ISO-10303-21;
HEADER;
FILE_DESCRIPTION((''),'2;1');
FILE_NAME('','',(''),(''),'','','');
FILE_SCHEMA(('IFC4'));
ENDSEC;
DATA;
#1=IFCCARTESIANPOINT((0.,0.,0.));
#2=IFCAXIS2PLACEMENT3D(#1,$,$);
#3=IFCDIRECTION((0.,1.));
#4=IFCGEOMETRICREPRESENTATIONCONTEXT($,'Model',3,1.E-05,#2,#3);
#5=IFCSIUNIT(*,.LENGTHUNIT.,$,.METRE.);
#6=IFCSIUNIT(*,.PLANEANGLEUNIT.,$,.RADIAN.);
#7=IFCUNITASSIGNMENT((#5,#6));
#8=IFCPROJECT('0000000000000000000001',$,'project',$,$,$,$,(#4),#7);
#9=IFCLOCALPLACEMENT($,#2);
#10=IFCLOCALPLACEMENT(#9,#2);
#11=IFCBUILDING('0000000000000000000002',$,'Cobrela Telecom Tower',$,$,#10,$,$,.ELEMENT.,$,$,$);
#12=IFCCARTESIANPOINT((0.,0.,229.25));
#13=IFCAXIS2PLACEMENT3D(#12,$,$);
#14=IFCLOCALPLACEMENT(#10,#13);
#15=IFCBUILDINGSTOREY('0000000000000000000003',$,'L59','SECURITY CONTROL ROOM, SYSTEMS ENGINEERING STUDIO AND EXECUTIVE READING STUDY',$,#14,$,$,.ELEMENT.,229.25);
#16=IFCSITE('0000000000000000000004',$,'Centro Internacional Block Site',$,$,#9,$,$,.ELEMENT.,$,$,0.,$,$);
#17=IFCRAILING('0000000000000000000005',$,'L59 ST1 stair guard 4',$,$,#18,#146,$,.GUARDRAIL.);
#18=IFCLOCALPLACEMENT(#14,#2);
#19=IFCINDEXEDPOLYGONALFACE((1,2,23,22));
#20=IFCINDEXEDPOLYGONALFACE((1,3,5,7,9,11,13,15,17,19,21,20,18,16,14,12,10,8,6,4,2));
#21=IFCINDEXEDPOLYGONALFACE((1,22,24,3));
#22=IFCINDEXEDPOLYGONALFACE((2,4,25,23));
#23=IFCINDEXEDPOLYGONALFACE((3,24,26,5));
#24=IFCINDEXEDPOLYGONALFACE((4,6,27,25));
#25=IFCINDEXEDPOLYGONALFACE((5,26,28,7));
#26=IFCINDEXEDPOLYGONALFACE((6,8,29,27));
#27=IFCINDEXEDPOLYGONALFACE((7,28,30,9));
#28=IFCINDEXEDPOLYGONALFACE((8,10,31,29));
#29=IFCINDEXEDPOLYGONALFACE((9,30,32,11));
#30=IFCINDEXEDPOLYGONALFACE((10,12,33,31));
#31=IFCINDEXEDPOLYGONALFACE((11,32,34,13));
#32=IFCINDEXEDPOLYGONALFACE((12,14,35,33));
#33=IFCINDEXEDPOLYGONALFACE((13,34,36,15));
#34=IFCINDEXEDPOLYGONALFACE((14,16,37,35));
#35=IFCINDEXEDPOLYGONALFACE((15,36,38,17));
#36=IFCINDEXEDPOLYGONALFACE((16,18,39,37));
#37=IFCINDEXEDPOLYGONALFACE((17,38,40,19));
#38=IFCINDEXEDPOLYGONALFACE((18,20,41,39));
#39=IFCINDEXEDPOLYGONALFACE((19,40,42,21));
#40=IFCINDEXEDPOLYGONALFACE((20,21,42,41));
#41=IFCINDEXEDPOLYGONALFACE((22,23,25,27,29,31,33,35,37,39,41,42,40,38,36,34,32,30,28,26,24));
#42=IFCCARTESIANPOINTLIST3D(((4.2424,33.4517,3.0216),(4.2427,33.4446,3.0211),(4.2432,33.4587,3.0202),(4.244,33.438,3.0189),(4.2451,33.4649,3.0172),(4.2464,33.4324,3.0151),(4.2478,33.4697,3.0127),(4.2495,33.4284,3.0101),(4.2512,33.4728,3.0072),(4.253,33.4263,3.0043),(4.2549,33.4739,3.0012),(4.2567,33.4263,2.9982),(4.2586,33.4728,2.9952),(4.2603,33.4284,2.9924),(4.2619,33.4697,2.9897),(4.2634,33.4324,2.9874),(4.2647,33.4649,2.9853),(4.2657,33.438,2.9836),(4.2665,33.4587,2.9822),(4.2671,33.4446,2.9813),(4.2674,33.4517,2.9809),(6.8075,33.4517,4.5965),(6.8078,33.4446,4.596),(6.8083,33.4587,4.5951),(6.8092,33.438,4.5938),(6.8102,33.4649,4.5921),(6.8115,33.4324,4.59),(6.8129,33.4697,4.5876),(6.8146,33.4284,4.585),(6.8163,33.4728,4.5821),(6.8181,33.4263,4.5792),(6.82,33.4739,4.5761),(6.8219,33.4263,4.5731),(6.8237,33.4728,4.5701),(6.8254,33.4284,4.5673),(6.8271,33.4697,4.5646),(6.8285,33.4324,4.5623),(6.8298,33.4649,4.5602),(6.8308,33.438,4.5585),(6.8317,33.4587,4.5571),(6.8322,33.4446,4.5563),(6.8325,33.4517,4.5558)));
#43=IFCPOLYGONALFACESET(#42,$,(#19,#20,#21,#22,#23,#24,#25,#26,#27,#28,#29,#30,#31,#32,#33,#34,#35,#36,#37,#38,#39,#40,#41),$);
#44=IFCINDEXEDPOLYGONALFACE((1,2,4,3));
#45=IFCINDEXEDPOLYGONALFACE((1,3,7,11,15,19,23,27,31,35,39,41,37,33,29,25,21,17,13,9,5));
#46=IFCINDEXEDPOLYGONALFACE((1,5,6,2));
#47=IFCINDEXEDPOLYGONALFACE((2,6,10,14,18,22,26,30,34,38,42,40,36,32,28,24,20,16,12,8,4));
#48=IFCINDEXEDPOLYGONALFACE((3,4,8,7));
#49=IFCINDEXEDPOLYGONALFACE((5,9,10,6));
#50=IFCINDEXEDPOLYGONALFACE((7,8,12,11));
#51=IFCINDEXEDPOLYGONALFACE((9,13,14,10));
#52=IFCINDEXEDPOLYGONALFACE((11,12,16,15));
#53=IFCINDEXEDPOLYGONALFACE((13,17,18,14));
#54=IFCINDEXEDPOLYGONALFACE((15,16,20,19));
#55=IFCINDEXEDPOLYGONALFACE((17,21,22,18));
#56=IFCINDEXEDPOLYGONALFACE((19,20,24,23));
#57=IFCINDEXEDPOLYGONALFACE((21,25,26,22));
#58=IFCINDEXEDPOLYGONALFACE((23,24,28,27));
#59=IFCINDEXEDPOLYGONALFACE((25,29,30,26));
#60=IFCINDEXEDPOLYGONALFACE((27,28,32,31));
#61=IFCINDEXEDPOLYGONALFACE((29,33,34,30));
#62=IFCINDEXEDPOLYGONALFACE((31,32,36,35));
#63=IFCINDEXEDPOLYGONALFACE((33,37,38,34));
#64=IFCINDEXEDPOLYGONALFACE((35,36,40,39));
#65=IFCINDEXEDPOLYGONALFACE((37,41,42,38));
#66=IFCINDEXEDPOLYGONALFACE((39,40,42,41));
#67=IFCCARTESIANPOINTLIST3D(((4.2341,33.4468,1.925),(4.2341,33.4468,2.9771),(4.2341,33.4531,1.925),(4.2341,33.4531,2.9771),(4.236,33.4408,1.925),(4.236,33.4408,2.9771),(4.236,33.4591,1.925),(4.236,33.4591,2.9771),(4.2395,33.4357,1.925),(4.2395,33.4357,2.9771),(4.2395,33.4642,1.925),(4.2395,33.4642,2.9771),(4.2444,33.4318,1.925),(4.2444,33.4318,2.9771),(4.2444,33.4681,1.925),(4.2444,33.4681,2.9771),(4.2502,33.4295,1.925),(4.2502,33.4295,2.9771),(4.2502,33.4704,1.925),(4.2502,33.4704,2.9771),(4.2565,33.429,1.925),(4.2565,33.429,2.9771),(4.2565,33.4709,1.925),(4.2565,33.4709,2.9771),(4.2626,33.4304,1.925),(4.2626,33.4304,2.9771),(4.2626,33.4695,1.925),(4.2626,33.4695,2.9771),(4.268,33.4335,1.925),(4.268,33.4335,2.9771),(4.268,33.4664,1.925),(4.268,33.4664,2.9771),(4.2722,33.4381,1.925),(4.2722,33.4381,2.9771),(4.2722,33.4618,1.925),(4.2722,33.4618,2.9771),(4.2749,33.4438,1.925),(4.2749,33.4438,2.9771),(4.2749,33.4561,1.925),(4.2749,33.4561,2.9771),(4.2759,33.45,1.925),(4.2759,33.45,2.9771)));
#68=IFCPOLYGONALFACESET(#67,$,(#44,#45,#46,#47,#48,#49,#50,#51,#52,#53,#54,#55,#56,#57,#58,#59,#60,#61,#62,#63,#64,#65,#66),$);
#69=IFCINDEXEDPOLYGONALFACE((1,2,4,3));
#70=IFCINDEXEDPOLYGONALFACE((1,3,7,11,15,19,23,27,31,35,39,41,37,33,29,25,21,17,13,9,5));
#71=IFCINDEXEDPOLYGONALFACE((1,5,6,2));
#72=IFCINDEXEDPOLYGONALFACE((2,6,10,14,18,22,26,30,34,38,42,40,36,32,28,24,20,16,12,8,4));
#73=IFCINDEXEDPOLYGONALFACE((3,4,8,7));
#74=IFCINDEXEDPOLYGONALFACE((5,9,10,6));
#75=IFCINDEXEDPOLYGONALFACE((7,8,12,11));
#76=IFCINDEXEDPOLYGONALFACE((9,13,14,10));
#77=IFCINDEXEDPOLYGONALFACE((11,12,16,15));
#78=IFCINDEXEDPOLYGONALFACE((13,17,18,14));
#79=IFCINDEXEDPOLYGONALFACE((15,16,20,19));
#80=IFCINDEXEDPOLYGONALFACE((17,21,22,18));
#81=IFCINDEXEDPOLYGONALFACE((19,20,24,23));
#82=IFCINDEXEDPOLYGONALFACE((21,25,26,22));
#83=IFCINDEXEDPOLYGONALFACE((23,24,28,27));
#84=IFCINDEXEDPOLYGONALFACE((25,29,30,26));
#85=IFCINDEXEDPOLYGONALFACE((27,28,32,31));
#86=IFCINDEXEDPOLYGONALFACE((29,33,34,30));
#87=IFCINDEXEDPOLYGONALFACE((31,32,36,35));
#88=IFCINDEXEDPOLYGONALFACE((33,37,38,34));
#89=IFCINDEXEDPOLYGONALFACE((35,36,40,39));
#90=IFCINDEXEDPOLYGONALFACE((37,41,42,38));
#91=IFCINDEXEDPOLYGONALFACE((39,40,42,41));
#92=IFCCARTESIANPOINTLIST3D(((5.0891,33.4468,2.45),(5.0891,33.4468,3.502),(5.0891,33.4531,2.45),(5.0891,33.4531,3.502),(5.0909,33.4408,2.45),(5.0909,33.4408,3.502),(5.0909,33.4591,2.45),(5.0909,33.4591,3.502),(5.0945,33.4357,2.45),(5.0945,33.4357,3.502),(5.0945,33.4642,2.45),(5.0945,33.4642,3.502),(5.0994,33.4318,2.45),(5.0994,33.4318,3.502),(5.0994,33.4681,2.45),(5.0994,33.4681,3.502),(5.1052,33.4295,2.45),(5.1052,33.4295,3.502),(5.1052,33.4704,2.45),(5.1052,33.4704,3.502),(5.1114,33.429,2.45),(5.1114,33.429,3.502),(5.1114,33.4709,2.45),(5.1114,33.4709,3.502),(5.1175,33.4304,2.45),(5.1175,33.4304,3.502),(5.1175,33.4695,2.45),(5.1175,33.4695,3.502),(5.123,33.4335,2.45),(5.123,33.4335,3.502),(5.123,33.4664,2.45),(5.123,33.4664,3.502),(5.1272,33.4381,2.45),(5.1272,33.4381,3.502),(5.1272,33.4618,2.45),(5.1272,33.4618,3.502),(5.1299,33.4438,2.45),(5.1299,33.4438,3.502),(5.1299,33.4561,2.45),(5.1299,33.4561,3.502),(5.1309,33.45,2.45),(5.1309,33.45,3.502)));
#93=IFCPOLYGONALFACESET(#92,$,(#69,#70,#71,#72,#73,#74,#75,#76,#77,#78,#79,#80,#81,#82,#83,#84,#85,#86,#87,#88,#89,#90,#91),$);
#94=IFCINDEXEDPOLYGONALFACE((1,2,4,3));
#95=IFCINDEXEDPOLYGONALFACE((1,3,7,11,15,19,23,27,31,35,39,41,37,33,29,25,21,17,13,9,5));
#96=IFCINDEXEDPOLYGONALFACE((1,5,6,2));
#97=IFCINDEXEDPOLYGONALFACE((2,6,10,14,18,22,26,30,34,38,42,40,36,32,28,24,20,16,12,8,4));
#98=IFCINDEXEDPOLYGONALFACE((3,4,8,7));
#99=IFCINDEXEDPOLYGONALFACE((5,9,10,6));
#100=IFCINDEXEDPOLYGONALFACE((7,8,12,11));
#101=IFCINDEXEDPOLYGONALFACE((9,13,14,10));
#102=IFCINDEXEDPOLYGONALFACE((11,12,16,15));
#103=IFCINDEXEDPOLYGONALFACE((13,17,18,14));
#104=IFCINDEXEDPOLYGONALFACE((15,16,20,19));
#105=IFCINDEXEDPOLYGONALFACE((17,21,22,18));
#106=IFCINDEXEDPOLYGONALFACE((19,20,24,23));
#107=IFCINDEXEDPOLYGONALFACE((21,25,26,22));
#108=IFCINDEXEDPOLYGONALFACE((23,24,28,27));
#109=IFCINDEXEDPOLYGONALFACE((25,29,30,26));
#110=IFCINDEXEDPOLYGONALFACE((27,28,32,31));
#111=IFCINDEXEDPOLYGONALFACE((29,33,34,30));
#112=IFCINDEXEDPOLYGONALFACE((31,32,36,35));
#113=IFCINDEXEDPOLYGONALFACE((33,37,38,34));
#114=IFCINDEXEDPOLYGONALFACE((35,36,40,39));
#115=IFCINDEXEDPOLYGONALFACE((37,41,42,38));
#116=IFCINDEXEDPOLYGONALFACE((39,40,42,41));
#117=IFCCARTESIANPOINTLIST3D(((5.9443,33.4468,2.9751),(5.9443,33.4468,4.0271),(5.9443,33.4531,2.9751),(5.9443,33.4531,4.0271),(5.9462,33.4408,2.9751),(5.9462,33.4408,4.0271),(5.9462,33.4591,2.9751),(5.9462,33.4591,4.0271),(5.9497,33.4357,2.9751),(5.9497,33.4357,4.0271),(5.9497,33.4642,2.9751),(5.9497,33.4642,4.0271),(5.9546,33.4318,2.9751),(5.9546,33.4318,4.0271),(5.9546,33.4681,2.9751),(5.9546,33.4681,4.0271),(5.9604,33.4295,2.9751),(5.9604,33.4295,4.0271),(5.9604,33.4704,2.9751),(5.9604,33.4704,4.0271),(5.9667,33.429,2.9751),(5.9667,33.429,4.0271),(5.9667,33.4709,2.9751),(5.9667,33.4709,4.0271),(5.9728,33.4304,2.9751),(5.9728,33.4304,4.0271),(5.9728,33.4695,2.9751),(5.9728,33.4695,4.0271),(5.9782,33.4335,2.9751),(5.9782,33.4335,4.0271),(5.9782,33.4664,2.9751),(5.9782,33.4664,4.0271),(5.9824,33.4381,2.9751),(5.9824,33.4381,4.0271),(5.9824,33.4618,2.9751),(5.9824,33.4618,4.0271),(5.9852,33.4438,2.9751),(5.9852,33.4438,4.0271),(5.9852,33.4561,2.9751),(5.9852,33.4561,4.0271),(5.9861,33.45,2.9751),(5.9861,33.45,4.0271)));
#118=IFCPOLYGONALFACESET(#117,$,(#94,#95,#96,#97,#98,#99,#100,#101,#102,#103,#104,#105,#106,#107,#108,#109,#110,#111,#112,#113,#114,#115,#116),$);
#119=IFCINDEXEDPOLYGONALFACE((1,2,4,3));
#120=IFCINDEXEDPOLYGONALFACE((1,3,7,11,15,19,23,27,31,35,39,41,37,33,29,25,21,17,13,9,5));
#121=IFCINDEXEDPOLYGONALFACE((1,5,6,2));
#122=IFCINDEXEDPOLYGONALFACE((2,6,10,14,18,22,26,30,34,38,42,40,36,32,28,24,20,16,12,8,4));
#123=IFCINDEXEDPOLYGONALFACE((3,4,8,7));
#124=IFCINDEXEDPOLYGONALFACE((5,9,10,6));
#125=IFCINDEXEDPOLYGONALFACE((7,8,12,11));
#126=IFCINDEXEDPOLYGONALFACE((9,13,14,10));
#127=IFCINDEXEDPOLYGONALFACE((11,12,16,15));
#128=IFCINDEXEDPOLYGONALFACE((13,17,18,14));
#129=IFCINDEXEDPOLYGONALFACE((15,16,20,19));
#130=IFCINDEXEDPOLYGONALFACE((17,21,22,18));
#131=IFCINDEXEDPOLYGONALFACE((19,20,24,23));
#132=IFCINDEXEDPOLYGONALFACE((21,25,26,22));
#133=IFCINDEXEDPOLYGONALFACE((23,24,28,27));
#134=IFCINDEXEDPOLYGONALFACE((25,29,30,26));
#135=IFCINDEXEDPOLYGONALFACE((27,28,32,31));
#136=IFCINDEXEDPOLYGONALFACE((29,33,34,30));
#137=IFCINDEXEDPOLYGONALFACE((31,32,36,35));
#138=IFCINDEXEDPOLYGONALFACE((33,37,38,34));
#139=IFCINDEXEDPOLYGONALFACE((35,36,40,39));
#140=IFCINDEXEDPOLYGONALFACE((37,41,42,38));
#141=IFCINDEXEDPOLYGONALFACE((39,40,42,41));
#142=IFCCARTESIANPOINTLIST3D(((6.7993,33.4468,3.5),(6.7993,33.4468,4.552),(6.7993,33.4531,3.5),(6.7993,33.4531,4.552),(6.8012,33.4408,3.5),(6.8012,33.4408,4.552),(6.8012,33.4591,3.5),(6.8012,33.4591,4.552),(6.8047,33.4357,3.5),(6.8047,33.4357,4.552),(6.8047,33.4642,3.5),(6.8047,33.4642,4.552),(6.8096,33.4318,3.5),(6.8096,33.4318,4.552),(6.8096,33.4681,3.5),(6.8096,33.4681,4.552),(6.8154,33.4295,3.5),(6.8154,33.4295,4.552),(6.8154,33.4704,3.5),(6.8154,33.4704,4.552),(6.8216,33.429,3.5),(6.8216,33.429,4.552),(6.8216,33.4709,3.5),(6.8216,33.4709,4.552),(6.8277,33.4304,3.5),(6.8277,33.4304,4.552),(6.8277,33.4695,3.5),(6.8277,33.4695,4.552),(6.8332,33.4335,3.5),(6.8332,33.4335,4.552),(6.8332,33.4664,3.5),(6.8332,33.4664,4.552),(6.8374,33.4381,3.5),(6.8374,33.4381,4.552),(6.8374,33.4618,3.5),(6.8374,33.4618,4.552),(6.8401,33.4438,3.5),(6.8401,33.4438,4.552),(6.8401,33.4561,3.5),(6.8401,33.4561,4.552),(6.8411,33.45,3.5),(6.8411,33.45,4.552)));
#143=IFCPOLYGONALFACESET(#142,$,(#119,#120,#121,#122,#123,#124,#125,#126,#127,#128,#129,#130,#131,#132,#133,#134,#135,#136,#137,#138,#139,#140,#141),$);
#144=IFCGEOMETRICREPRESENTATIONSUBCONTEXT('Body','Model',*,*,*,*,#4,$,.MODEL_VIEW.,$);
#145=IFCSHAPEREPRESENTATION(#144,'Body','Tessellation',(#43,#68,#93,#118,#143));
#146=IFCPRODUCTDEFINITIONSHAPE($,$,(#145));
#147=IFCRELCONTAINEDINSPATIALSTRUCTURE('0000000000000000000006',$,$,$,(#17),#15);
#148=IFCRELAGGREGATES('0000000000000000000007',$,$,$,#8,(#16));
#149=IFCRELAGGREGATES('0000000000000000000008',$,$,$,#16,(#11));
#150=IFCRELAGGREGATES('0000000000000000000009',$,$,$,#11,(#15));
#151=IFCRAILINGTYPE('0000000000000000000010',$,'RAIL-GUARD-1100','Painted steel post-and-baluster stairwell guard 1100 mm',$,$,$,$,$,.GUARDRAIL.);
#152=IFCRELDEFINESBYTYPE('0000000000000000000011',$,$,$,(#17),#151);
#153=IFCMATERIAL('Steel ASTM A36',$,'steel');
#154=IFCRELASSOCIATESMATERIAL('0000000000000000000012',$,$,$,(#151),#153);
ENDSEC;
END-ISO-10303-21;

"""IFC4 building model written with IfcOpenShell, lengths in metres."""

from ifc_helpers import new_model, si_unit, direction, frame, origin, origin_2d, place, context, subcontext, project, spatial, circle, extrude, material, type_object, element, save


model = new_model("IFC4")

# Units and contexts
model_context = context("Model", 3, precision=1e-05, world=origin(), true_north=direction((0.0, 1.0)))
body_context = subcontext(model_context, "Body", "Model", "MODEL_VIEW")
ifc_project = project(units=[si_unit("LENGTHUNIT", "METRE"), si_unit("PLANEANGLEUNIT", "RADIAN")], contexts=[model_context])

# Site, building, storey
site_placement = place(None, origin())
site = spatial("IfcSite", under=ifc_project, at=site_placement, Name="Centro Internacional Block Site", CompositionType="ELEMENT", RefElevation=0.0)
building_placement = place(site_placement, origin())
building = spatial("IfcBuilding", under=site, at=building_placement, Name="Cobrela Telecom Tower", CompositionType="ELEMENT")
storey_placement = place(building_placement, frame((0.0, 0.0, 229.25)))
storey = spatial("IfcBuildingStorey", under=building, at=storey_placement, Name="L59", Description="SECURITY CONTROL ROOM, SYSTEMS ENGINEERING STUDIO AND EXECUTIVE READING STUDY", CompositionType="ELEMENT", Elevation=229.25)

# Shared definitions
ifc_material_1 = material(Name="Steel ASTM A36", Category="steel")

# Railing
railing_type_1 = type_object("IfcRailingType", Name="RAIL-GUARD-1100", Description="Painted steel post-and-baluster stairwell guard 1100 mm", PredefinedType="GUARDRAIL", material=ifc_material_1)
railing_1_placement = place(storey_placement, frame((4.2549, 33.45, 1.925)))
element("IfcRailing", 1, at=railing_1_placement, inside=storey, type_object=railing_type_1, Name="L59 ST1 stair guard 4", PredefinedType="GUARDRAIL", context=body_context, shape_type="SweptSolid", body=[
    extrude(circle(Radius=0.0239, at=origin_2d()), frame((0.0, 0.0, 1.0762), z_axis=(0.852195, 0.0, 0.523224), x_axis=(0.0, 1.0, 0.0)), (0.0, 0.0, 1.0), 3.01),
    extrude(circle(Radius=0.021, at=origin_2d()), origin(), (0.0, 0.0, 1.0), 1.052),
    extrude(circle(Radius=0.021, at=origin_2d()), frame((0.855, 0.0, 0.5249)), (0.0, 0.0, 1.0), 1.052),
    extrude(circle(Radius=0.021, at=origin_2d()), frame((1.7102, 0.0, 1.05)), (0.0, 0.0, 1.0), 1.052),
    extrude(circle(Radius=0.021, at=origin_2d()), frame((2.5652, 0.0, 1.575)), (0.0, 0.0, 1.0), 1.052),
])

save(model, "model.ifc")
